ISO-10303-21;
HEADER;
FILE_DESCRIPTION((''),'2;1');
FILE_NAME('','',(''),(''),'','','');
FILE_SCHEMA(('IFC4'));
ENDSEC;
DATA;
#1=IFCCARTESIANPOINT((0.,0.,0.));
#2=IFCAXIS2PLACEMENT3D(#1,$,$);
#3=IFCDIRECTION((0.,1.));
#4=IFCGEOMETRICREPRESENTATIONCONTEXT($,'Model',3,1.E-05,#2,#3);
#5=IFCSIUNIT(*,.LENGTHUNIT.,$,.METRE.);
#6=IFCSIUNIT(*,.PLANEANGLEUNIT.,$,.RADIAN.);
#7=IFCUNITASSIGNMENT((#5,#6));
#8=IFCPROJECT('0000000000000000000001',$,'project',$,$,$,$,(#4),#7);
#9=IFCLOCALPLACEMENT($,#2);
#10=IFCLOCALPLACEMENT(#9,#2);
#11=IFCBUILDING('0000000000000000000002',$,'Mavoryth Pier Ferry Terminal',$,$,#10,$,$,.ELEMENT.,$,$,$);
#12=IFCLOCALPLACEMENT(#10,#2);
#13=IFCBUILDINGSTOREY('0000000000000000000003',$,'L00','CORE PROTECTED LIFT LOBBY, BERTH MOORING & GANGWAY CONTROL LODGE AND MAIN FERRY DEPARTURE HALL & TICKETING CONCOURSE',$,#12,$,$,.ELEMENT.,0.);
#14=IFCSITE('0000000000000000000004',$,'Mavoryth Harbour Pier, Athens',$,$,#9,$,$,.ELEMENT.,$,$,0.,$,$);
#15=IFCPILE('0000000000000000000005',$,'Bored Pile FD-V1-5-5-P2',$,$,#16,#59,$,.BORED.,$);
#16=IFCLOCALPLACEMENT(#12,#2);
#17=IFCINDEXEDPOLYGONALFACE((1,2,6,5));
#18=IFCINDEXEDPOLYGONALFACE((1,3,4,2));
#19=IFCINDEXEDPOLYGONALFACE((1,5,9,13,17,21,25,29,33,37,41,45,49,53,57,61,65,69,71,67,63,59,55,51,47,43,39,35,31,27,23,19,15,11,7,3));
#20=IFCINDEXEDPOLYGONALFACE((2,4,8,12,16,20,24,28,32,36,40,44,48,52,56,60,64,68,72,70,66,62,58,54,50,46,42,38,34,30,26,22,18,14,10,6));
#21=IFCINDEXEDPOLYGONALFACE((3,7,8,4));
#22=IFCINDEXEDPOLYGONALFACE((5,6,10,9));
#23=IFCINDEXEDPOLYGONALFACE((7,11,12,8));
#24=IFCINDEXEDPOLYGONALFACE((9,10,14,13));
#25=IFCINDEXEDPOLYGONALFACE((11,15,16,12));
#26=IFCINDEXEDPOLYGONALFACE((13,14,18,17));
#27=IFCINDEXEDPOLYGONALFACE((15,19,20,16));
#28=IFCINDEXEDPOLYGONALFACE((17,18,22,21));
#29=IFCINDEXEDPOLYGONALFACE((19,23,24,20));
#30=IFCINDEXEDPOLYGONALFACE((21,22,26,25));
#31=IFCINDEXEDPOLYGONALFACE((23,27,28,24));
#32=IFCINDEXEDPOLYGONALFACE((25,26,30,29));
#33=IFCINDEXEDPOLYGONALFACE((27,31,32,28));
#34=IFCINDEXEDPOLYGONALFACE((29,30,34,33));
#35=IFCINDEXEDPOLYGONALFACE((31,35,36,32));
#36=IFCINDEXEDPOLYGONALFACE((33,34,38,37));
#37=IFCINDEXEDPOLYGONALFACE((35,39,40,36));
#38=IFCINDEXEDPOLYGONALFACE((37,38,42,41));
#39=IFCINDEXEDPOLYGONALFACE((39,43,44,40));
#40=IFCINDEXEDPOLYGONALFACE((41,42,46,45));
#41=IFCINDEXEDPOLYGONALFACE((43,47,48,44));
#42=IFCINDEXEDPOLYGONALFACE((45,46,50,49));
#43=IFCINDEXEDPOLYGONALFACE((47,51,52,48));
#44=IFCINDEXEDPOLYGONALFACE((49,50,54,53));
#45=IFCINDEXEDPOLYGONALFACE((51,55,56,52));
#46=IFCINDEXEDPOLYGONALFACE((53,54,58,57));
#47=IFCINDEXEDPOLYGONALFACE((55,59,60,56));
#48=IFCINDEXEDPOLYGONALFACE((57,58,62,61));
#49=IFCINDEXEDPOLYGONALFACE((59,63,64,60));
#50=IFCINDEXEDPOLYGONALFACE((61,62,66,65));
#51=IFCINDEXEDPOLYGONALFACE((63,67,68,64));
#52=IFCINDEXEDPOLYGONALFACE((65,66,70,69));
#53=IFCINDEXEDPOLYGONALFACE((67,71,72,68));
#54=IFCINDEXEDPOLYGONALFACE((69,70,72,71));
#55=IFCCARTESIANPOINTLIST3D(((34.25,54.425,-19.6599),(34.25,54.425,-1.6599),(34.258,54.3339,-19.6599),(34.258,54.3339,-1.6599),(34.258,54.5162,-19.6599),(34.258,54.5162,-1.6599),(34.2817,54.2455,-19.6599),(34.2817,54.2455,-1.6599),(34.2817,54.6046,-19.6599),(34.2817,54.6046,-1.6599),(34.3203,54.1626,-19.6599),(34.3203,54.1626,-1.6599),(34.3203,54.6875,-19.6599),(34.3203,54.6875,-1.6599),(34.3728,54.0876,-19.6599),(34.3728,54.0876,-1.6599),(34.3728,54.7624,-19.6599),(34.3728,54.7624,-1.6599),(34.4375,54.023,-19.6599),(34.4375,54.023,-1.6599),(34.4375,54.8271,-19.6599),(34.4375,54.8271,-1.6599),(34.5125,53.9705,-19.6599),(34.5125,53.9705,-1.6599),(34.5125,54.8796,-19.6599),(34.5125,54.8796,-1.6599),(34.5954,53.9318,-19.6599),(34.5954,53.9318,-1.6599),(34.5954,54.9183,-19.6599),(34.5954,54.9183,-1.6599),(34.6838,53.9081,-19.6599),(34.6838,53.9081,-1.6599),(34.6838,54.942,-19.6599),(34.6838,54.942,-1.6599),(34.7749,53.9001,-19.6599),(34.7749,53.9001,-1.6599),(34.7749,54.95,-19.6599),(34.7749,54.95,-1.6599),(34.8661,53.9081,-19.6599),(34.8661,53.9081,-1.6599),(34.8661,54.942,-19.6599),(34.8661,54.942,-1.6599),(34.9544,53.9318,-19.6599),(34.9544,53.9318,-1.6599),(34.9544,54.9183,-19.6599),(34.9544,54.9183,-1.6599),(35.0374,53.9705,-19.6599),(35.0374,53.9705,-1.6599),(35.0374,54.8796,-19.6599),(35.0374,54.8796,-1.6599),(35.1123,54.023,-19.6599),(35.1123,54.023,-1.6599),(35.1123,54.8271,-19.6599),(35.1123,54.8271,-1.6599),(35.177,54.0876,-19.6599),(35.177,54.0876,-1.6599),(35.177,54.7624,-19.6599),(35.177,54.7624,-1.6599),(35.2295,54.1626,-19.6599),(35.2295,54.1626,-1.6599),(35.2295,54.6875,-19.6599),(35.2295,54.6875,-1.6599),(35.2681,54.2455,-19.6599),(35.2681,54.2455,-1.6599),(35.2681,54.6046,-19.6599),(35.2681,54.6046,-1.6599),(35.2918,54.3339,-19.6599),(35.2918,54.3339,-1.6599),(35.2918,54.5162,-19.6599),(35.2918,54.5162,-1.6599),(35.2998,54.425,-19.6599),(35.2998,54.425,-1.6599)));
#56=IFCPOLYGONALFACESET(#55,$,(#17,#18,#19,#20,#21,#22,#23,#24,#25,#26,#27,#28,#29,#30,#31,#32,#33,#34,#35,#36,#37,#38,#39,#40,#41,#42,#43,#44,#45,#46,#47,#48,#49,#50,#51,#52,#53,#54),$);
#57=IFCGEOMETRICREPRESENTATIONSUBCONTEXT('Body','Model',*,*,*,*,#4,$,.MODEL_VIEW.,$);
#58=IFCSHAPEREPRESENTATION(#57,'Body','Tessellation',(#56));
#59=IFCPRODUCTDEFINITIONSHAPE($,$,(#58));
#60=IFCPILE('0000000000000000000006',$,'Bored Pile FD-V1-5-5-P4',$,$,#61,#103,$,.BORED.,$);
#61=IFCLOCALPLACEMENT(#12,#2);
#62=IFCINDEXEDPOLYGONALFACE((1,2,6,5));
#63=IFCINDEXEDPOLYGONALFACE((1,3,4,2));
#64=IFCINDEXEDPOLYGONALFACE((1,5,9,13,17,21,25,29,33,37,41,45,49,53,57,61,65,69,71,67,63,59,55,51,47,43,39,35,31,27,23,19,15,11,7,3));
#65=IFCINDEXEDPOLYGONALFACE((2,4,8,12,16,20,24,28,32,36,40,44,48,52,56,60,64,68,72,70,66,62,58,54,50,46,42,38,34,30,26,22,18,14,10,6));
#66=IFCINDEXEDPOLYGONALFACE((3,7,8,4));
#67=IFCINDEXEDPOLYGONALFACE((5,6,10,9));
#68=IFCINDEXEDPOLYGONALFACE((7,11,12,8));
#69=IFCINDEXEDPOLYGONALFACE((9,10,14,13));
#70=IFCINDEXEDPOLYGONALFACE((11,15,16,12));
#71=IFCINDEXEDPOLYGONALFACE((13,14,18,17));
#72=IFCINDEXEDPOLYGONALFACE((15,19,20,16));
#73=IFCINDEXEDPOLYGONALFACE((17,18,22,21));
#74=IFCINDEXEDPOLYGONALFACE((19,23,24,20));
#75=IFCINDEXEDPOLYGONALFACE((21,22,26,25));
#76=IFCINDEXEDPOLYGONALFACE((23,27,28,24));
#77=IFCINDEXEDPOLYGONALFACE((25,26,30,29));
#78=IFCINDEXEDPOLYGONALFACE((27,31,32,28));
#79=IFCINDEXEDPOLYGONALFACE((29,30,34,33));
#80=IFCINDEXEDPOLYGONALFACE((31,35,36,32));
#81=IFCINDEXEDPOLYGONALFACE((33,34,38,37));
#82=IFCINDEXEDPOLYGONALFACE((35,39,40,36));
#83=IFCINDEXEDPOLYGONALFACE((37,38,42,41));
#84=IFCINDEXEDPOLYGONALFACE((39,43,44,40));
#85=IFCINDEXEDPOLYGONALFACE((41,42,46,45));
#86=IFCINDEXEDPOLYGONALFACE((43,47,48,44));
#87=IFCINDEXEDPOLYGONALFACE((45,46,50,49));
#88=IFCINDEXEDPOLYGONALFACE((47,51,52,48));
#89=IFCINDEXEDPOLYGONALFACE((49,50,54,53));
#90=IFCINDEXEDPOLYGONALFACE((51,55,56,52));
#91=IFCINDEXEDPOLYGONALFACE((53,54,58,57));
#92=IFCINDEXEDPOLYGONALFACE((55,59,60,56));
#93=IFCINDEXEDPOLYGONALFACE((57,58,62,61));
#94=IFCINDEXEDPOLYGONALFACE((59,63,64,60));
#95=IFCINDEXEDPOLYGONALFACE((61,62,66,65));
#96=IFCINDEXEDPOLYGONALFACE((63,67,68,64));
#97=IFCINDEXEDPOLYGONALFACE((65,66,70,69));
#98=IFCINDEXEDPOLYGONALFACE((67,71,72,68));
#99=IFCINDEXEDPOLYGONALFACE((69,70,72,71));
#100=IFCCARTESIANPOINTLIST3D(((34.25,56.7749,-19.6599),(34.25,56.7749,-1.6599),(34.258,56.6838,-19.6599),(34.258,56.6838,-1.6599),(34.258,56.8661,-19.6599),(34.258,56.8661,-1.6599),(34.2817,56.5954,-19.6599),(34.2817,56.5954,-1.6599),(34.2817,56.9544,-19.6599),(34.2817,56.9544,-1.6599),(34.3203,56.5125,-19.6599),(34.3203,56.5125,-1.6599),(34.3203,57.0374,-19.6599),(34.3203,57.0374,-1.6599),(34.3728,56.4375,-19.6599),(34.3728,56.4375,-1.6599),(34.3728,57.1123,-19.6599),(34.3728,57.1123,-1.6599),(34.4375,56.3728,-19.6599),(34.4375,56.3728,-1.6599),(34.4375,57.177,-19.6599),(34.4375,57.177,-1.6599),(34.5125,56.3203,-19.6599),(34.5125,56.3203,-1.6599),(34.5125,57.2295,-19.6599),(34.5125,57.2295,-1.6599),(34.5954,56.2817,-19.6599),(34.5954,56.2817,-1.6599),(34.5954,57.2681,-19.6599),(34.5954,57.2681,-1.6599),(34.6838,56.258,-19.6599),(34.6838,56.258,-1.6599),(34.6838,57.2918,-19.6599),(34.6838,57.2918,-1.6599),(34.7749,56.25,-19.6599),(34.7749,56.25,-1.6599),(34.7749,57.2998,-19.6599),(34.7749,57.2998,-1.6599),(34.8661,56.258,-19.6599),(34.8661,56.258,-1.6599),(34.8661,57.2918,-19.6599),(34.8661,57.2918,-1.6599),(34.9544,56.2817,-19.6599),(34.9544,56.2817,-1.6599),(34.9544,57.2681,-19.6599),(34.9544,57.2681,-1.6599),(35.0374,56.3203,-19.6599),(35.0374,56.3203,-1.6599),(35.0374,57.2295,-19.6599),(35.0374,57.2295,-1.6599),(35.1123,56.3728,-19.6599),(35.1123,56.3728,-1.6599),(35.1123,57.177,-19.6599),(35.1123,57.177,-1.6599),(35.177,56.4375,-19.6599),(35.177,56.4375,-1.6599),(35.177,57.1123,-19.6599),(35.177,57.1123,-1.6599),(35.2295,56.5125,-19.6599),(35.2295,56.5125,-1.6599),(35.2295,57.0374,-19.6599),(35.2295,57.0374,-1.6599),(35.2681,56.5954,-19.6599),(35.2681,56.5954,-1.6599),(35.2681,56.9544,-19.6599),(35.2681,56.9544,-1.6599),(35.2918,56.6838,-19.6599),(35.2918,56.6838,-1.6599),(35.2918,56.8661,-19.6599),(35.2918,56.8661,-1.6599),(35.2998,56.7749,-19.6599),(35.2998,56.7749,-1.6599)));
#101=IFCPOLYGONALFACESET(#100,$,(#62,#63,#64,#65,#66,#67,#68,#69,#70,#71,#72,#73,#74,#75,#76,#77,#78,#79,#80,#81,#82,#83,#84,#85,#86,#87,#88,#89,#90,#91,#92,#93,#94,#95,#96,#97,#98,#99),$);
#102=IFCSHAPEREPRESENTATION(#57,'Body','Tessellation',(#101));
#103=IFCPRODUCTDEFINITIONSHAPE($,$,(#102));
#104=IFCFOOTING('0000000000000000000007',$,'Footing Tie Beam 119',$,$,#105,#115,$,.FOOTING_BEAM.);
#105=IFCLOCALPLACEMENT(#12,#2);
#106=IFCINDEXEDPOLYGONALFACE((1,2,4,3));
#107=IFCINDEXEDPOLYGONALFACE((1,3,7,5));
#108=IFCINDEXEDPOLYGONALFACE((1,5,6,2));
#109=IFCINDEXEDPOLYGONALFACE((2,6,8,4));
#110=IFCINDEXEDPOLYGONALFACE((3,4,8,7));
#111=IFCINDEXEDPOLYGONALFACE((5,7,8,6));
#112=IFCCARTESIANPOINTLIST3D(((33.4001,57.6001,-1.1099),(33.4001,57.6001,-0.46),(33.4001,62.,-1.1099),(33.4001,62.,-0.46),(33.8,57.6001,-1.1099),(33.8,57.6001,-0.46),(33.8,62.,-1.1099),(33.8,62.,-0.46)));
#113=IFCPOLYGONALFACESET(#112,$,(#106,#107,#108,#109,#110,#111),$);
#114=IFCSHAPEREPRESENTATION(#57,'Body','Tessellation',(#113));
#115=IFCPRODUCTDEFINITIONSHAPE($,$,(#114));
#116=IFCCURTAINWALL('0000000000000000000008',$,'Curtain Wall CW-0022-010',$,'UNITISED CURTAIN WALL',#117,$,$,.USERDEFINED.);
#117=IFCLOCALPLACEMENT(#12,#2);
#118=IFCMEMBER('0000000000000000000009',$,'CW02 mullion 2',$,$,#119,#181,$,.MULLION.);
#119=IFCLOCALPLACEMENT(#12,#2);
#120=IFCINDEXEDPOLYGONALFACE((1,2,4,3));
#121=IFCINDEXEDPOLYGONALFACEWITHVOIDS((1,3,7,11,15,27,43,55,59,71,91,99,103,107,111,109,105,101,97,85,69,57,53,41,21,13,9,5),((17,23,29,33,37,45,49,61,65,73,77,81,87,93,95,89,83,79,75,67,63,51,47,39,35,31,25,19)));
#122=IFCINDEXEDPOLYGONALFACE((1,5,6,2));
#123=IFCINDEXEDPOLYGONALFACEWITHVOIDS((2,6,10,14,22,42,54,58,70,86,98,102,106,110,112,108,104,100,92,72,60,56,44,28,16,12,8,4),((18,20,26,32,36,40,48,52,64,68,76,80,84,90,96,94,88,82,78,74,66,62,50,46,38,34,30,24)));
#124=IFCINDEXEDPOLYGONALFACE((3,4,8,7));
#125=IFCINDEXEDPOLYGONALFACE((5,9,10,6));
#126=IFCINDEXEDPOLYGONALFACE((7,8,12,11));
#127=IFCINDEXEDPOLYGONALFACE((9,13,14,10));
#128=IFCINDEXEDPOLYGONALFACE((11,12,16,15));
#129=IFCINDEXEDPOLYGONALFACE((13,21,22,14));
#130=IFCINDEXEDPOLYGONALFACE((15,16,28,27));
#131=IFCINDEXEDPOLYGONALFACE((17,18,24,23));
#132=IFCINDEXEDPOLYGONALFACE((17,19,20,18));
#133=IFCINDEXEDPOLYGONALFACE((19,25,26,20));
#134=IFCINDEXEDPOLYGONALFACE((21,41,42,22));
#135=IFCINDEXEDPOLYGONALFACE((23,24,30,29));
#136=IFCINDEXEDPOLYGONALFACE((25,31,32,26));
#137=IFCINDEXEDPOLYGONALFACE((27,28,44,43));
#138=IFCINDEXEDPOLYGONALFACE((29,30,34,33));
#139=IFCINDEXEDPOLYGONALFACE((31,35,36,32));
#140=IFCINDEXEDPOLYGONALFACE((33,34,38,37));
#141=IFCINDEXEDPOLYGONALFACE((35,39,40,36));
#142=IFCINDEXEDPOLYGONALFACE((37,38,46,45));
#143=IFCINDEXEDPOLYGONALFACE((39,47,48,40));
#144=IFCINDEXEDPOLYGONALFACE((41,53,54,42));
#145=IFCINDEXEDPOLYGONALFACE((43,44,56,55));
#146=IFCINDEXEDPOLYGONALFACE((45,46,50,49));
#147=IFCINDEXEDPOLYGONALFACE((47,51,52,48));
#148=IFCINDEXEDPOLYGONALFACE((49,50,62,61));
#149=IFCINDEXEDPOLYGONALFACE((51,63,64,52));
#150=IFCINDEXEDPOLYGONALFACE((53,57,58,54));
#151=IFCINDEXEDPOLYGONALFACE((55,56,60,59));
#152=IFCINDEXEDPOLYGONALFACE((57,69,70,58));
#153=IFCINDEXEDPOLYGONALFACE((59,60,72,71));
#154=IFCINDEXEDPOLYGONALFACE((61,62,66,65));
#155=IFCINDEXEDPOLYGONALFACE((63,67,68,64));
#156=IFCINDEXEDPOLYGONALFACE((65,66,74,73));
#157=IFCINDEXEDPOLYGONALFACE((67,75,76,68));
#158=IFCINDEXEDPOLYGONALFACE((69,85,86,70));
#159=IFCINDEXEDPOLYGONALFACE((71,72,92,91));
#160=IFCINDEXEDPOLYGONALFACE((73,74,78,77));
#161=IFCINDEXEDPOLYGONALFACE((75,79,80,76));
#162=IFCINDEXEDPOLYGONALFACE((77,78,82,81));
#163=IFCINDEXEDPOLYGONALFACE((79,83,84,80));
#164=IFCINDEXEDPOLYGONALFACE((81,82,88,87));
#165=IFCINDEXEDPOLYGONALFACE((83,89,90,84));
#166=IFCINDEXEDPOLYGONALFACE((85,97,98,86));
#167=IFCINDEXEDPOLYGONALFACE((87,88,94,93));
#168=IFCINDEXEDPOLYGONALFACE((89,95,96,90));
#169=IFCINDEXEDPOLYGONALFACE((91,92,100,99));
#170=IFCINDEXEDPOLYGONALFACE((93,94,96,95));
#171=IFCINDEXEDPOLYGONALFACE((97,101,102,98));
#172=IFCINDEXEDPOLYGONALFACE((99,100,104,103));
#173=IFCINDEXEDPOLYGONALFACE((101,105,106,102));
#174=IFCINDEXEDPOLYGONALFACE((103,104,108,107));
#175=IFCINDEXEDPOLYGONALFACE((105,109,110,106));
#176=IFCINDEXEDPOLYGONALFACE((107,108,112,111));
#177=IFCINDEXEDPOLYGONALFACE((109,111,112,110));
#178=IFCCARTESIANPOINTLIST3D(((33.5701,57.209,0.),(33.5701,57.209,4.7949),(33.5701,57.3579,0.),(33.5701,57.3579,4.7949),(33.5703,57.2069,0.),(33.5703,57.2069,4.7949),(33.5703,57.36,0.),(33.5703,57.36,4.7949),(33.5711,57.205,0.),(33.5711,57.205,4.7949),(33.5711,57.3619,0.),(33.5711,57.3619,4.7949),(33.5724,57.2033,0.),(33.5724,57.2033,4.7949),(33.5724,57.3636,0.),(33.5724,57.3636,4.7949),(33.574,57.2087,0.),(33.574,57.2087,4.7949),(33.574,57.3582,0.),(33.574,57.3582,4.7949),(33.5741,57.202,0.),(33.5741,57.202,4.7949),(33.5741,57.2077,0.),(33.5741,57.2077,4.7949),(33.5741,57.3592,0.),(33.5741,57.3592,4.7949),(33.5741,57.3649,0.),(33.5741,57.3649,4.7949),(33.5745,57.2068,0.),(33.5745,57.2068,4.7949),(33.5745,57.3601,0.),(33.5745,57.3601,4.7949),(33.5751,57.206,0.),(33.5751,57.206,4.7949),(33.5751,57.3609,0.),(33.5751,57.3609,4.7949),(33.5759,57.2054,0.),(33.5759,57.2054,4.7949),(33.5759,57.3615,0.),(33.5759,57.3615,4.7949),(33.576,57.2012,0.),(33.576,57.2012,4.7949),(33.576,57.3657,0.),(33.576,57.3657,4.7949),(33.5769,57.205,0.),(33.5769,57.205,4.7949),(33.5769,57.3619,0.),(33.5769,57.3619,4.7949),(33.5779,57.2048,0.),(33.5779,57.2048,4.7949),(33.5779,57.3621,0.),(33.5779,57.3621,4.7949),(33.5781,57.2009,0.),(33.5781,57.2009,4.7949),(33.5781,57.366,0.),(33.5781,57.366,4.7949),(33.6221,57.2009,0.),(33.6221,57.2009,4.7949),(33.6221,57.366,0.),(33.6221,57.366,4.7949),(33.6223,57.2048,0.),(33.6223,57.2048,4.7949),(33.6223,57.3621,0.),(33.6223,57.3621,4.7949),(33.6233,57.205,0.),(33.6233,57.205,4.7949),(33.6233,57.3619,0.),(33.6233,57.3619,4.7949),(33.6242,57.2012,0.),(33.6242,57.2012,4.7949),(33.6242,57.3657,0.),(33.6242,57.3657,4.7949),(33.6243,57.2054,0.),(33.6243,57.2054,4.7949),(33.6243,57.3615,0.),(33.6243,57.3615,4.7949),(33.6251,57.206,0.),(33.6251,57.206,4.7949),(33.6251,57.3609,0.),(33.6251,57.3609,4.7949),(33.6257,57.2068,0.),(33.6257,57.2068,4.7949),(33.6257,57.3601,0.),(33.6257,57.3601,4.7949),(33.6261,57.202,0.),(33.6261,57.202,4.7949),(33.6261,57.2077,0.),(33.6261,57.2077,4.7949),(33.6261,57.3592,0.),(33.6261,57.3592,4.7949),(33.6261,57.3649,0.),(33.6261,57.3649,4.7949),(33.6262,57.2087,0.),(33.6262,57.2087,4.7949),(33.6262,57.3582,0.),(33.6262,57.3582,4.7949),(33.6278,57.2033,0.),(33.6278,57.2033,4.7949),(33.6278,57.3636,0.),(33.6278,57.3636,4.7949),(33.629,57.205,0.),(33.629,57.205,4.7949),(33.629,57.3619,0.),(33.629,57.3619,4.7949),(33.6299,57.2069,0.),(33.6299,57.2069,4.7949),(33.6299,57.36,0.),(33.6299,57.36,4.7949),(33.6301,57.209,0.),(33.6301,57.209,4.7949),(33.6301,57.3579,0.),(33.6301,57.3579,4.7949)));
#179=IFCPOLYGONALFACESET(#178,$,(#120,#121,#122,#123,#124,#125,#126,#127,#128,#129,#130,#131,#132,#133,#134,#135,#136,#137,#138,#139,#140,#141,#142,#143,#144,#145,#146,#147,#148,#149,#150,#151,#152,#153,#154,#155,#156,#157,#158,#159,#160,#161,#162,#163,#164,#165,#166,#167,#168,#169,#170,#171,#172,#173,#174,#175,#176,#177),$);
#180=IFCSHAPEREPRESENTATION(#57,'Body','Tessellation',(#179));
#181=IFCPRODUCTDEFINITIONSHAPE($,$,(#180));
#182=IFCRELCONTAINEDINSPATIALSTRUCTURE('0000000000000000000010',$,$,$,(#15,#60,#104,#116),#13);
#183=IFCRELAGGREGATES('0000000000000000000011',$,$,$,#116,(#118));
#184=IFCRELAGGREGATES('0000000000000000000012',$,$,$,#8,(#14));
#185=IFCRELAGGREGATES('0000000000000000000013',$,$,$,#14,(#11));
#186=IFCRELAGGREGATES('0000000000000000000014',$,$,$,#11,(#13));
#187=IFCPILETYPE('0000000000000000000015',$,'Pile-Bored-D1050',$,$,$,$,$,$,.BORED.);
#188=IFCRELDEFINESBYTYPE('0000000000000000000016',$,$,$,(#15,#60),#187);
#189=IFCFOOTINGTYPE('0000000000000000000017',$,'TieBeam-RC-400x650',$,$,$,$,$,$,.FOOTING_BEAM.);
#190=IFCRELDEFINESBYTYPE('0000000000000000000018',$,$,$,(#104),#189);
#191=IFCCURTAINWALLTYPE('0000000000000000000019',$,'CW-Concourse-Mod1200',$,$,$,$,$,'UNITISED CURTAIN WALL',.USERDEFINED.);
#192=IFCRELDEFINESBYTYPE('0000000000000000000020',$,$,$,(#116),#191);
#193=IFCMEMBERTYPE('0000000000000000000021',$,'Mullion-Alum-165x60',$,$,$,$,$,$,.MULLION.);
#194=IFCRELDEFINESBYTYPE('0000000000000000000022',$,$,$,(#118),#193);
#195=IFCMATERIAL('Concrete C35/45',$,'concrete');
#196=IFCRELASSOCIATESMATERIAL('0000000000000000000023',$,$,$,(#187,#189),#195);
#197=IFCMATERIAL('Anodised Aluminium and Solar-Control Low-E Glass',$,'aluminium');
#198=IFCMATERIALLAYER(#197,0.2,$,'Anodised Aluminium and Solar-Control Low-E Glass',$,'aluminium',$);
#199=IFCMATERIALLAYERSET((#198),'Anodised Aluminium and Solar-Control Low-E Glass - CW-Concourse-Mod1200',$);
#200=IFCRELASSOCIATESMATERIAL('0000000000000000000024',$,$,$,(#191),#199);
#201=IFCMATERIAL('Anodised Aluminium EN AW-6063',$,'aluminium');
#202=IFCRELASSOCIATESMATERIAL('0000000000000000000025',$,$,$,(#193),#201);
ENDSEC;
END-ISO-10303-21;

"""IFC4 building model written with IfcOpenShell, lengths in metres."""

from ifc_helpers import new_model, si_unit, direction, frame, origin, origin_2d, place, context, subcontext, project, spatial, rectangle, hollow_rectangle, circle, extrude, material, layer, layer_set, material_profile, profile_set, type_object, element, aggregate, save


model = new_model("IFC4")

# Units and contexts
model_context = context("Model", 3, precision=1e-05, world=origin(), true_north=direction((0.0, 1.0)))
body_context = subcontext(model_context, "Body", "Model", "MODEL_VIEW")
ifc_project = project(units=[si_unit("LENGTHUNIT", "METRE"), si_unit("PLANEANGLEUNIT", "RADIAN")], contexts=[model_context])

# Site, building, storey
site_placement = place(None, origin())
site = spatial("IfcSite", under=ifc_project, at=site_placement, Name="Mavoryth Harbour Pier, Athens", CompositionType="ELEMENT", RefElevation=0.0)
building_placement = place(site_placement, origin())
building = spatial("IfcBuilding", under=site, at=building_placement, Name="Mavoryth Pier Ferry Terminal", CompositionType="ELEMENT")
storey_placement = place(building_placement, origin())
storey = spatial("IfcBuildingStorey", under=building, at=storey_placement, Name="L00", Description="CORE PROTECTED LIFT LOBBY, BERTH MOORING & GANGWAY CONTROL LODGE AND MAIN FERRY DEPARTURE HALL & TICKETING CONCOURSE", CompositionType="ELEMENT", Elevation=0.0)

# Piles
ifc_material_1 = material(Name="Concrete C35/45", Category="concrete")
ifc_material_profile_1 = material_profile(ifc_material_1, circle(Radius=0.5249, at=origin_2d()), Name="PILE D1050", Category="concrete")
ifc_profile_set_1 = profile_set([ifc_material_profile_1], Name="Concrete C35/45 - PILE D1050")
pile_type = type_object("IfcPileType", Name="Pile-Bored-D1050", PredefinedType="BORED", material=ifc_profile_set_1)
for number, where, z_axis, x_axis, name in (
    (1, (34.7749, 54.425, -1.6599), (0.0, 0.0, -1.0), (1.0, 0.0, 0.0), "Bored Pile FD-V1-5-5-P2"),
    (2, (34.7749, 56.7749, -1.6599), (0.0, 0.0, -1.0), (1.0, 0.0, 0.0), "Bored Pile FD-V1-5-5-P4"),
):
    element("IfcPile", number, at=place(storey_placement, frame(where, z_axis=z_axis, x_axis=x_axis)), inside=storey, type_object=pile_type, Name=name, PredefinedType="BORED", context=body_context, shape_type="SweptSolid", body=[
        extrude(circle(Radius=0.5249, at=origin_2d()), origin(), (0.0, 0.0, 1.0), 18.0),
    ])

# Footing
ifc_material_profile_2 = material_profile(ifc_material_1, rectangle(XDim=0.3999, YDim=0.6499, at=origin_2d()), Name="RC 400x650", Category="concrete")
ifc_profile_set_2 = profile_set([ifc_material_profile_2], Name="Concrete C35/45 - RC 400x650")
footing_type = type_object("IfcFootingType", Name="TieBeam-RC-400x650", PredefinedType="FOOTING_BEAM", material=ifc_profile_set_2)
footing_placement = place(storey_placement, frame((33.6001, 57.6001, -0.7849), z_axis=(0.0, 1.0, 0.0), x_axis=(-1.0, 0.0, 0.0)))
element("IfcFooting", 3, at=footing_placement, inside=storey, type_object=footing_type, Name="Footing Tie Beam 119", PredefinedType="FOOTING_BEAM", context=body_context, shape_type="SweptSolid", body=[
    extrude(rectangle(XDim=0.3999, YDim=0.6499, at=origin_2d()), origin(), (0.0, 0.0, 1.0), 4.3999),
])

# Curtain wall, member
ifc_material_2 = material(Name="Anodised Aluminium and Solar-Control Low-E Glass", Category="aluminium")
ifc_layer_1 = layer(ifc_material_2, 0.2, Name="Anodised Aluminium and Solar-Control Low-E Glass", Category="aluminium")
ifc_layer_set_1 = layer_set([ifc_layer_1], Name="Anodised Aluminium and Solar-Control Low-E Glass - CW-Concourse-Mod1200")
curtain_wall_type = type_object("IfcCurtainWallType", Name="CW-Concourse-Mod1200", ElementType="UNITISED CURTAIN WALL", PredefinedType="USERDEFINED", material=ifc_layer_set_1)
curtain_wall_placement = place(storey_placement, origin())
curtain_wall = element("IfcCurtainWall", 4, at=curtain_wall_placement, inside=storey, type_object=curtain_wall_type, Name="Curtain Wall CW-0022-010", ObjectType="UNITISED CURTAIN WALL", PredefinedType="USERDEFINED")
ifc_material_3 = material(Name="Anodised Aluminium EN AW-6063", Category="aluminium")
ifc_material_profile_3 = material_profile(ifc_material_3, hollow_rectangle(XDim=0.0601, YDim=0.165, WallThickness=0.0039, InnerFilletRadius=0.0039, OuterFilletRadius=0.0081, at=origin_2d()), Name="AL-MULL 165x60x4", Category="aluminium")
ifc_profile_set_3 = profile_set([ifc_material_profile_3], Name="Anodised Aluminium EN AW-6063 - AL-MULL 165x60x4")
member_type_1 = type_object("IfcMemberType", Name="Mullion-Alum-165x60", PredefinedType="MULLION", material=ifc_profile_set_3)
member_1_placement = place(storey_placement, frame((33.6001, 57.2834, 0.0), z_axis=(0.0, 0.0, 1.0), x_axis=(-1.0, 0.0, 0.0)))
member_1 = element("IfcMember", 5, at=member_1_placement, type_object=member_type_1, Name="CW02 mullion 2", PredefinedType="MULLION", context=body_context, shape_type="SweptSolid", body=[
    extrude(hollow_rectangle(XDim=0.0601, YDim=0.165, WallThickness=0.0039, InnerFilletRadius=0.0039, OuterFilletRadius=0.0081, at=origin_2d()), origin(), (0.0, 0.0, 1.0), 4.7949),
])
aggregate(curtain_wall, [member_1])

save(model, "model.ifc")
